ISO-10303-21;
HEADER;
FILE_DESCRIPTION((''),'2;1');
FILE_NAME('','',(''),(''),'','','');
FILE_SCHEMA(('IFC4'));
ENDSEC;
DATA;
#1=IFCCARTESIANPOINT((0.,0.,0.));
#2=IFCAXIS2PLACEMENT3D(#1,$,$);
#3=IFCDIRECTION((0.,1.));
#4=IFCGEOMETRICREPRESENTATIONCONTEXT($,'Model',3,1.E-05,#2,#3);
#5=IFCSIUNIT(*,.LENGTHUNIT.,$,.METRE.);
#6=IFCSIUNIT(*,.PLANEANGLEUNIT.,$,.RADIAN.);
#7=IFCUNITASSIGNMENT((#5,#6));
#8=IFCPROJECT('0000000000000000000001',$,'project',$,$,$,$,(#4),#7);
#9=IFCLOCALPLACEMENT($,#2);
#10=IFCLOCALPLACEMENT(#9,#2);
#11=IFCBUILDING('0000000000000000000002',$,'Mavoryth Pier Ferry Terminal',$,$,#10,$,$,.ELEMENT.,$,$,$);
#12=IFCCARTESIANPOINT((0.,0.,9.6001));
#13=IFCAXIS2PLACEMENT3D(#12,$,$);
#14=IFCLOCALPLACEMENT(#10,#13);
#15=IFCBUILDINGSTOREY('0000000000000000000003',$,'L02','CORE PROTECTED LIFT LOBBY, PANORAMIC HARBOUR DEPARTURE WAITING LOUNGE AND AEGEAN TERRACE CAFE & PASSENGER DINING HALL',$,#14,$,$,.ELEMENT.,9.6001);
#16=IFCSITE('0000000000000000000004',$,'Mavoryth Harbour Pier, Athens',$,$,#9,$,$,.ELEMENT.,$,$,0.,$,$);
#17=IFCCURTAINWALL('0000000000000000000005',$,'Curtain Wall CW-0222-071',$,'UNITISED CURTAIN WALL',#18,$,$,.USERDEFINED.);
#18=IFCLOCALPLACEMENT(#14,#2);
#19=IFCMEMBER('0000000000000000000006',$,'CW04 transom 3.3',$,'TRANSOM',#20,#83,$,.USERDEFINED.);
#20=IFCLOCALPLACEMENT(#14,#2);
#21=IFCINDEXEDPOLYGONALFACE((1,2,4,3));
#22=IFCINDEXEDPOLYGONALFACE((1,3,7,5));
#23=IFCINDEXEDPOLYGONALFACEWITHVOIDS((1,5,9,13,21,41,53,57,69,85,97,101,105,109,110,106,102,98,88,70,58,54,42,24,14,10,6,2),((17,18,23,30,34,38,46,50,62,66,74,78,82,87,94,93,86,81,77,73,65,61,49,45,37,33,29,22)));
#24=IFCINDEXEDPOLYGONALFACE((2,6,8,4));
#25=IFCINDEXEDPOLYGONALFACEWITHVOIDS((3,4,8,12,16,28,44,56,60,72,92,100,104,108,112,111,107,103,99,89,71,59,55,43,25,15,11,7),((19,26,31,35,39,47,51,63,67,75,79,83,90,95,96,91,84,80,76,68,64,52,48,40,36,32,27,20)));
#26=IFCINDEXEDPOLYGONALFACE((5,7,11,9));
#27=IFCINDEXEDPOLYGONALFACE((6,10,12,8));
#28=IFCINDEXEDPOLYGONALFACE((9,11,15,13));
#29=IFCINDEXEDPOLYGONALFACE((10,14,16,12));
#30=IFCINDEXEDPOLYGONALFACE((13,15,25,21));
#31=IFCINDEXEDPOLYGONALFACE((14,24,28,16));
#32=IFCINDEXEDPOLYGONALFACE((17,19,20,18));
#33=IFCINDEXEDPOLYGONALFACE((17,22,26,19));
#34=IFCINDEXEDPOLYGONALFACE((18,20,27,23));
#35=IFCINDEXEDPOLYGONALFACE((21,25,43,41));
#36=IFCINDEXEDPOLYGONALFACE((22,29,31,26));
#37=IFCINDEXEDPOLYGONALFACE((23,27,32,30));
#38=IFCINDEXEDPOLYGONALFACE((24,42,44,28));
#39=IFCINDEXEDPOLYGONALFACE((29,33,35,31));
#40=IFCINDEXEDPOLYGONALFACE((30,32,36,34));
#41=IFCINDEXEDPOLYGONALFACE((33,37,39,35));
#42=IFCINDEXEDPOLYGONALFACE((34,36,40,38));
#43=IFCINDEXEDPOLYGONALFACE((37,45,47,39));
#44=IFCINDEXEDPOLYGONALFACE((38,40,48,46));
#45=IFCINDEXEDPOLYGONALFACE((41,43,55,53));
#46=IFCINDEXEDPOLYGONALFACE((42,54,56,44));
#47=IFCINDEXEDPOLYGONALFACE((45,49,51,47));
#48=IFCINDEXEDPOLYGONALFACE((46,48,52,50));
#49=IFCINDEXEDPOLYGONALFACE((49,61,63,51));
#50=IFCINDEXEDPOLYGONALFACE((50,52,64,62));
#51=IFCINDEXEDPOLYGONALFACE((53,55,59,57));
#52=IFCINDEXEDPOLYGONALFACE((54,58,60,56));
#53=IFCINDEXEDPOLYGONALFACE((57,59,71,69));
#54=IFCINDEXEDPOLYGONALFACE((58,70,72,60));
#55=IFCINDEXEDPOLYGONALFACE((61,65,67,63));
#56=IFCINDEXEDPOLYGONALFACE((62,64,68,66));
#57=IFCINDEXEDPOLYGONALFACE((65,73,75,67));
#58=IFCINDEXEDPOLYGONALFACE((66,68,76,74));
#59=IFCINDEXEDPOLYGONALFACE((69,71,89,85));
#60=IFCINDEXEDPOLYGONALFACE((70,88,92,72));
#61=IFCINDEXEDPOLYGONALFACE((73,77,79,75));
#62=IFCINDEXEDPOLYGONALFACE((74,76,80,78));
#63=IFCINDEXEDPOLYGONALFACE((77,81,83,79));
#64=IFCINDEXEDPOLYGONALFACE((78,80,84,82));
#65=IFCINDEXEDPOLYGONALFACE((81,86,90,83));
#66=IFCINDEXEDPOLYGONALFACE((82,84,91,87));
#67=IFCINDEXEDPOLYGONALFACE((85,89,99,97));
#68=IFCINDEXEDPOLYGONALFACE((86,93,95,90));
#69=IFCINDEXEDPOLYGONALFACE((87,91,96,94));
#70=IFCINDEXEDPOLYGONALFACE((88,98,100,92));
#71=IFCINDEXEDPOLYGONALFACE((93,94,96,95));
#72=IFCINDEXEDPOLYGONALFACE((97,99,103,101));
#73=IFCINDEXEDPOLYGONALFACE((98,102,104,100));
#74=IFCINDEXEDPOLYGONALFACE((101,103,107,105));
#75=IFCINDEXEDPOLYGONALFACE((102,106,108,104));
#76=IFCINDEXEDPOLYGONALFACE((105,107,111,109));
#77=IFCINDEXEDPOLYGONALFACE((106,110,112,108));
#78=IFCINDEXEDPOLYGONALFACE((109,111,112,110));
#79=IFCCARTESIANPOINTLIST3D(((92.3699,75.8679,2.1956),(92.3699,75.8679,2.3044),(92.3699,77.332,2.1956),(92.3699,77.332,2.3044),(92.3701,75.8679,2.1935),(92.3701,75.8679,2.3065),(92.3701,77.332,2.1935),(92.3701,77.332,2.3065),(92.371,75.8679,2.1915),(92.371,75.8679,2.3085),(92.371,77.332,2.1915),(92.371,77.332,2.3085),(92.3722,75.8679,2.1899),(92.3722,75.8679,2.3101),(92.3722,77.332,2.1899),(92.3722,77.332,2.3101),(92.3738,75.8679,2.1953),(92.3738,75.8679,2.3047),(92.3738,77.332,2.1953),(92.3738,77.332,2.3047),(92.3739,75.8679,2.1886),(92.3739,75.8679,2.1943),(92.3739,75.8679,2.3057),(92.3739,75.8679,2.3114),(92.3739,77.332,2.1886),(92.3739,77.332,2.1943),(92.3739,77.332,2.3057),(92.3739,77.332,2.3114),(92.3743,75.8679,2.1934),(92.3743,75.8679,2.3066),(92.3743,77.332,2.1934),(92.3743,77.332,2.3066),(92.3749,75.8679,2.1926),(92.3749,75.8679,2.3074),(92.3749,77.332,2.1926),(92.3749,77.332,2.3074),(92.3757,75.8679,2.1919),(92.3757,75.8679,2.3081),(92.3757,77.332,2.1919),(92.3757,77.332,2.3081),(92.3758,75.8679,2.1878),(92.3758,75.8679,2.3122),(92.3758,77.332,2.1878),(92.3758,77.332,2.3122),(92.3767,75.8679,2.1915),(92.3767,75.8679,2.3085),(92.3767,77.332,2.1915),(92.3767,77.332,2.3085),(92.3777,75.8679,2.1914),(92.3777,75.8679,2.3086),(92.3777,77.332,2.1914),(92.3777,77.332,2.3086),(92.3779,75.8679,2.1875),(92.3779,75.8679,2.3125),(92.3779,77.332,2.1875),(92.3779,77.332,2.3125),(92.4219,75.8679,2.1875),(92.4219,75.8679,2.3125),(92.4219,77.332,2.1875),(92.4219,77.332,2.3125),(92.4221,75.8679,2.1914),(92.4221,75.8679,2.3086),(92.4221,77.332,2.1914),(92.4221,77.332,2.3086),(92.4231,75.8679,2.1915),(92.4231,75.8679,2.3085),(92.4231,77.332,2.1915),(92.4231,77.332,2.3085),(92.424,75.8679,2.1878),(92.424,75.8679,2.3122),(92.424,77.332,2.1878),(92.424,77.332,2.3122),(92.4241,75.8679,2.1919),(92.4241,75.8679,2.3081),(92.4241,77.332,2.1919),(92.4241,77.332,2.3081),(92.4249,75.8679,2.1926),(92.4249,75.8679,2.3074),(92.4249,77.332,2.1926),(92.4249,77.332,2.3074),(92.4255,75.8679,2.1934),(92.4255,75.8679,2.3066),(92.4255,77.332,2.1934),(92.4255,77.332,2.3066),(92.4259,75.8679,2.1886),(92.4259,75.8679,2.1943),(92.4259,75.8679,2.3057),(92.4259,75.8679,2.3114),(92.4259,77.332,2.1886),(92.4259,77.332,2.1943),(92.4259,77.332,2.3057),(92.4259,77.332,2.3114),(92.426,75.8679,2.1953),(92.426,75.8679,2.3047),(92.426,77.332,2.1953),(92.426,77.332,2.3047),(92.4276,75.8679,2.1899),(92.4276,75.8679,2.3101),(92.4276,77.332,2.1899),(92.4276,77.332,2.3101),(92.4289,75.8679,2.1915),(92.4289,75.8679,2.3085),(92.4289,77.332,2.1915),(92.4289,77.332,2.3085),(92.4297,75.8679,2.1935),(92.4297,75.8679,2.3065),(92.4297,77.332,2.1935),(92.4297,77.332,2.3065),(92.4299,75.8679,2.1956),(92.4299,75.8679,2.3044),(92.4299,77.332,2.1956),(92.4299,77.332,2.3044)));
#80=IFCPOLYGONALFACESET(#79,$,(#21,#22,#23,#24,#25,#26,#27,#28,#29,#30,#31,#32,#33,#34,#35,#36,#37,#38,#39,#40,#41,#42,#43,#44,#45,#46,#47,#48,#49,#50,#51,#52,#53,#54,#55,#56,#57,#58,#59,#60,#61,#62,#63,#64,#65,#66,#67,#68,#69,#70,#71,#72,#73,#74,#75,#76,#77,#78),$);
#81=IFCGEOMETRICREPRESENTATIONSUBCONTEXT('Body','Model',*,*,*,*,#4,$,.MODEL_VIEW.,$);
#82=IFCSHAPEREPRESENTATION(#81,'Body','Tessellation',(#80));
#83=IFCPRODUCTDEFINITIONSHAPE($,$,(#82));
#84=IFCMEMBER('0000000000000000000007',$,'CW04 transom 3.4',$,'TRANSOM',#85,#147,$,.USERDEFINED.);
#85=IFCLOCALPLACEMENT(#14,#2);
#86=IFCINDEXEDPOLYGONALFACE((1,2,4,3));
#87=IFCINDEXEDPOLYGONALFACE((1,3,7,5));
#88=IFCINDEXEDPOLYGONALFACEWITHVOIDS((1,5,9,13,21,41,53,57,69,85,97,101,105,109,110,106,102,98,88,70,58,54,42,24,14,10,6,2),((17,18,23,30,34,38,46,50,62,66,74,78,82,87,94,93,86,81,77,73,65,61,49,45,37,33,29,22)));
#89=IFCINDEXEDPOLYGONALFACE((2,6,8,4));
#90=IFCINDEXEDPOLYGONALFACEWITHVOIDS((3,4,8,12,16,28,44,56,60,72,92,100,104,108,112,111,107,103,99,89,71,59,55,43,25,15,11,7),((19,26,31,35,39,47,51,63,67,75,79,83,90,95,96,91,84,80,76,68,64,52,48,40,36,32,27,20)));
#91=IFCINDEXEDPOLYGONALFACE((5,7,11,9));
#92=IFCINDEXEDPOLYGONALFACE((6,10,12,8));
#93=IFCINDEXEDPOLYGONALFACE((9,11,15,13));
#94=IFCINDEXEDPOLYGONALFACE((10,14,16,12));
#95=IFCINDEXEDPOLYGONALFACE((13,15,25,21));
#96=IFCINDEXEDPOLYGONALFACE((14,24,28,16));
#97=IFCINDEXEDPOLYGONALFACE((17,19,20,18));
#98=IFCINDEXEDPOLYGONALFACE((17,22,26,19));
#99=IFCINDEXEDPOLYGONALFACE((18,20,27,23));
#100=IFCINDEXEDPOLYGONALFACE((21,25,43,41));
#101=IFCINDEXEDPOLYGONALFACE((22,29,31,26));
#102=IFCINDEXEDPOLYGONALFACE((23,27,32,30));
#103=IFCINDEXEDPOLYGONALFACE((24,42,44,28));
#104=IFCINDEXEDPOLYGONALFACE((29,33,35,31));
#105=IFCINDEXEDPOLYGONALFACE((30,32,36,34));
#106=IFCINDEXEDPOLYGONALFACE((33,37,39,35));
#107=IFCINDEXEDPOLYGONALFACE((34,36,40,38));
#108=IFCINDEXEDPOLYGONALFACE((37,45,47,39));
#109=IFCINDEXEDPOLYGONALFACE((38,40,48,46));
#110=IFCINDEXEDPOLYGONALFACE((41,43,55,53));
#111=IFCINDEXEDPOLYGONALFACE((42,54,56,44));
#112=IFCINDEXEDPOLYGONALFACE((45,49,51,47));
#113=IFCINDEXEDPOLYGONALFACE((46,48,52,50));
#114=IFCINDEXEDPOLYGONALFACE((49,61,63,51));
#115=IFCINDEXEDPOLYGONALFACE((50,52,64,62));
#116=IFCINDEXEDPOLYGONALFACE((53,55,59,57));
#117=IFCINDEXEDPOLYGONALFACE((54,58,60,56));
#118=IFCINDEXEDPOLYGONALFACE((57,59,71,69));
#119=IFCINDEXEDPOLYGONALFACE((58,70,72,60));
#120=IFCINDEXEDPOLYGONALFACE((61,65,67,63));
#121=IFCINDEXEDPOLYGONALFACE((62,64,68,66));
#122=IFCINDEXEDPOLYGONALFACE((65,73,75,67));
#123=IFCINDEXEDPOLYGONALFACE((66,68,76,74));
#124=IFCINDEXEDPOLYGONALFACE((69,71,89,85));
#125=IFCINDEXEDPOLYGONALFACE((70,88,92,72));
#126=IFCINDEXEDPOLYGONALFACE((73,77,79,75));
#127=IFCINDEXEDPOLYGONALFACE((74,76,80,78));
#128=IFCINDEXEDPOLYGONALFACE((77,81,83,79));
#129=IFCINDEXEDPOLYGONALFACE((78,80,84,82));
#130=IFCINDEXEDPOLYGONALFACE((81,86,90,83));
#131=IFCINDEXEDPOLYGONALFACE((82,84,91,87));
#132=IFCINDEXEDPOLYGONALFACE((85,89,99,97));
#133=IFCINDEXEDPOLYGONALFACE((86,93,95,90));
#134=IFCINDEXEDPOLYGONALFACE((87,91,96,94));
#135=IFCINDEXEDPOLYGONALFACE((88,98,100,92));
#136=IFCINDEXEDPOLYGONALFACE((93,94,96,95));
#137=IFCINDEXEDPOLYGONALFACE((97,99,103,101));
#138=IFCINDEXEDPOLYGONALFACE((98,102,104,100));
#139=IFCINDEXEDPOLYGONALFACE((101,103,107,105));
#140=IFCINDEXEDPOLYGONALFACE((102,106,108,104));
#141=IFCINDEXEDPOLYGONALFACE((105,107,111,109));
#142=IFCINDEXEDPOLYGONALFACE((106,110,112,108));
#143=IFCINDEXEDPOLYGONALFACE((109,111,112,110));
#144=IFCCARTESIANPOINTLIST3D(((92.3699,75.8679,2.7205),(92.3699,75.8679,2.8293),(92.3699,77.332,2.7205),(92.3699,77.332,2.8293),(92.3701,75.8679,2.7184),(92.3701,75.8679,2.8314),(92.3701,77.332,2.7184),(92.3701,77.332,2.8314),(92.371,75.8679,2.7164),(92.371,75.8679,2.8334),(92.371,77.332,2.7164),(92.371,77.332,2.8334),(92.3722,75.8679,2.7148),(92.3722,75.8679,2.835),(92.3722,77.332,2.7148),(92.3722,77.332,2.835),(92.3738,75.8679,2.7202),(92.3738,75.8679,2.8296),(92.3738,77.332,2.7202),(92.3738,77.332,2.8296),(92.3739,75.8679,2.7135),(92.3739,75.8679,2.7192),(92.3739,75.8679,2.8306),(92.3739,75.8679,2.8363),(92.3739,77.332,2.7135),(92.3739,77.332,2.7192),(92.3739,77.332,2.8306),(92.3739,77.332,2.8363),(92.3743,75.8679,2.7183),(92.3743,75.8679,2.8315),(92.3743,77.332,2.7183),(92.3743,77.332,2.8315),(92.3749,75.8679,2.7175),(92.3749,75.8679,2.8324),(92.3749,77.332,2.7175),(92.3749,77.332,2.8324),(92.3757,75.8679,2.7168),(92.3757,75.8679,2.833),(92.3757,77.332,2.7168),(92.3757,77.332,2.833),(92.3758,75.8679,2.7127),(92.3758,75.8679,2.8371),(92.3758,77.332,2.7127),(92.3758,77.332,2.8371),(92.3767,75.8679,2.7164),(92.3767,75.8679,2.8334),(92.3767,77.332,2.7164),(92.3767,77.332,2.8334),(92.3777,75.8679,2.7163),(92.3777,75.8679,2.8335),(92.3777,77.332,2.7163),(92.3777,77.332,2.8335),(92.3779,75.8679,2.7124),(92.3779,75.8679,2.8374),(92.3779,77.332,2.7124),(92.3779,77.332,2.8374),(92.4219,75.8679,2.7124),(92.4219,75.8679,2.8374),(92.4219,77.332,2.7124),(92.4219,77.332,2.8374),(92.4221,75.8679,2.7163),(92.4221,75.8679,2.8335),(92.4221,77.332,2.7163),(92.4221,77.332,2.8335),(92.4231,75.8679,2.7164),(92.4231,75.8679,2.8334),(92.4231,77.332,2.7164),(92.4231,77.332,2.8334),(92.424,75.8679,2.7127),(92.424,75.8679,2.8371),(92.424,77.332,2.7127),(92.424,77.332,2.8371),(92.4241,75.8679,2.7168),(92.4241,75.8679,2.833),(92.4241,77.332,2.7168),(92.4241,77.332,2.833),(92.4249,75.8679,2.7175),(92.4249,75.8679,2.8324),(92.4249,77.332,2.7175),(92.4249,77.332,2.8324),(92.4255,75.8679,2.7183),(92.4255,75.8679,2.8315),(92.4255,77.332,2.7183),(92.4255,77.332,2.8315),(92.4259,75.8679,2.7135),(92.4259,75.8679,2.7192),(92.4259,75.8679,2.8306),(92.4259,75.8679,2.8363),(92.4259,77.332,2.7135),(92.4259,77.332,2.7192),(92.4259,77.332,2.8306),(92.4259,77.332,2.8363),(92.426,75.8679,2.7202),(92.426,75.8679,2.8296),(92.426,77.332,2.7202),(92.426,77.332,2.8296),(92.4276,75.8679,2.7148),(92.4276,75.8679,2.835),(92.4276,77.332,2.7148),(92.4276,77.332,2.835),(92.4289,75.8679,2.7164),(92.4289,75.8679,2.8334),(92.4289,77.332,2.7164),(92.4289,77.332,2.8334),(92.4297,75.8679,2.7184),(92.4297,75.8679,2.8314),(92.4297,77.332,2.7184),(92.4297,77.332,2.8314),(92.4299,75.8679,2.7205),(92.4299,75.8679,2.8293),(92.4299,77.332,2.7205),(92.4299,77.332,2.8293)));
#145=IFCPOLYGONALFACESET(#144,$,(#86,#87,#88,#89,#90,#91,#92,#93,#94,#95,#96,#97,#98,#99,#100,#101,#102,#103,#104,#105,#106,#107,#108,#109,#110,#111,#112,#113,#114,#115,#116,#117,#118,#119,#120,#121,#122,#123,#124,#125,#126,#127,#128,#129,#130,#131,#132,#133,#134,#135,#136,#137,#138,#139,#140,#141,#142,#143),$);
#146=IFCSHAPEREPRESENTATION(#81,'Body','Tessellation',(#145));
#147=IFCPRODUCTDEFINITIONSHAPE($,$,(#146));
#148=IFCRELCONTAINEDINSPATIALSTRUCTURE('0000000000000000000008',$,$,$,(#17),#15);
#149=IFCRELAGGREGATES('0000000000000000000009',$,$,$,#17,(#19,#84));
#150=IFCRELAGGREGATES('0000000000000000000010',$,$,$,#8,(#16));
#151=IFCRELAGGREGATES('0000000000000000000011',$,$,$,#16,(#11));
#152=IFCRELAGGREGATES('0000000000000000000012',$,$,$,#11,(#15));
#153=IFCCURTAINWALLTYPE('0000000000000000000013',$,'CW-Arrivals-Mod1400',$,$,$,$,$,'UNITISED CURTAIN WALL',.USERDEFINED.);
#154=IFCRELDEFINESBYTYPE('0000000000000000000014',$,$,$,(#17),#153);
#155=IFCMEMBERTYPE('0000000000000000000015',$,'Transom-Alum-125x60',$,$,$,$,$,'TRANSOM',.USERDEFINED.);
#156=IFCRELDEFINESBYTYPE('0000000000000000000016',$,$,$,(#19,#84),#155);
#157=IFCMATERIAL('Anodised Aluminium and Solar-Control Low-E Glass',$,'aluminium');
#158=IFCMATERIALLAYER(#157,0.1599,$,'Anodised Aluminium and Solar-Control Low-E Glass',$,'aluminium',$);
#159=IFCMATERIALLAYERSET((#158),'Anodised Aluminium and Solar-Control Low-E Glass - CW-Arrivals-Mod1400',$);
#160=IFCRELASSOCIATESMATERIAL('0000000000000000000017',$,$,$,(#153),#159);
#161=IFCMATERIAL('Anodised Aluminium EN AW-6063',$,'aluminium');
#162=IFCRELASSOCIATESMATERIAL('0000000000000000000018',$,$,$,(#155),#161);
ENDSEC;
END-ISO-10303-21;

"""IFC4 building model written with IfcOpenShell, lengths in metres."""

from ifc_helpers import new_model, si_unit, direction, frame, origin, origin_2d, place, context, subcontext, project, spatial, hollow_rectangle, extrude, material, layer, layer_set, material_profile, profile_set, type_object, element, aggregate, save


model = new_model("IFC4")

# Units and contexts
model_context = context("Model", 3, precision=1e-05, world=origin(), true_north=direction((0.0, 1.0)))
body_context = subcontext(model_context, "Body", "Model", "MODEL_VIEW")
ifc_project = project(units=[si_unit("LENGTHUNIT", "METRE"), si_unit("PLANEANGLEUNIT", "RADIAN")], contexts=[model_context])

# Site, building, storey
site_placement = place(None, origin())
site = spatial("IfcSite", under=ifc_project, at=site_placement, Name="Mavoryth Harbour Pier, Athens", CompositionType="ELEMENT", RefElevation=0.0)
building_placement = place(site_placement, origin())
building = spatial("IfcBuilding", under=site, at=building_placement, Name="Mavoryth Pier Ferry Terminal", CompositionType="ELEMENT")
storey_placement = place(building_placement, frame((0.0, 0.0, 9.6001)))
storey = spatial("IfcBuildingStorey", under=building, at=storey_placement, Name="L02", Description="CORE PROTECTED LIFT LOBBY, PANORAMIC HARBOUR DEPARTURE WAITING LOUNGE AND AEGEAN TERRACE CAFE & PASSENGER DINING HALL", CompositionType="ELEMENT", Elevation=9.6001)

# Curtain wall
ifc_material_1 = material(Name="Anodised Aluminium and Solar-Control Low-E Glass", Category="aluminium")
ifc_layer_1 = layer(ifc_material_1, 0.1599, Name="Anodised Aluminium and Solar-Control Low-E Glass", Category="aluminium")
ifc_layer_set_1 = layer_set([ifc_layer_1], Name="Anodised Aluminium and Solar-Control Low-E Glass - CW-Arrivals-Mod1400")
curtain_wall_type = type_object("IfcCurtainWallType", Name="CW-Arrivals-Mod1400", ElementType="UNITISED CURTAIN WALL", PredefinedType="USERDEFINED", material=ifc_layer_set_1)
curtain_wall_1_placement = place(storey_placement, origin())
curtain_wall_1 = element("IfcCurtainWall", 1, at=curtain_wall_1_placement, inside=storey, type_object=curtain_wall_type, Name="Curtain Wall CW-0222-071", ObjectType="UNITISED CURTAIN WALL", PredefinedType="USERDEFINED")
ifc_material_2 = material(Name="Anodised Aluminium EN AW-6063", Category="aluminium")

# Members
ifc_material_profile_1 = material_profile(ifc_material_2, hollow_rectangle(XDim=0.0601, YDim=0.125, WallThickness=0.0039, InnerFilletRadius=0.0039, OuterFilletRadius=0.0081, at=origin_2d()), Name="AL-TRAN 125x60x4", Category="aluminium")
ifc_profile_set_1 = profile_set([ifc_material_profile_1], Name="Anodised Aluminium EN AW-6063 - AL-TRAN 125x60x4")
member_type_1 = type_object("IfcMemberType", Name="Transom-Alum-125x60", ElementType="TRANSOM", PredefinedType="USERDEFINED", material=ifc_profile_set_1)
member_1_placement = place(storey_placement, frame((92.3999, 75.8679, 2.25), z_axis=(0.0, 1.0, 0.0), x_axis=(-1.0, 0.0, 0.0)))
member_1 = element("IfcMember", 2, at=member_1_placement, type_object=member_type_1, Name="CW04 transom 3.3", ObjectType="TRANSOM", PredefinedType="USERDEFINED", context=body_context, shape_type="SweptSolid", body=[
    extrude(hollow_rectangle(XDim=0.0601, YDim=0.125, WallThickness=0.0039, InnerFilletRadius=0.0039, OuterFilletRadius=0.0081, at=origin_2d()), origin(), (0.0, 0.0, 1.0), 1.4641),
])
member_2_placement = place(storey_placement, frame((92.3999, 75.8679, 2.7749), z_axis=(0.0, 1.0, 0.0), x_axis=(-1.0, 0.0, 0.0)))
member_2 = element("IfcMember", 3, at=member_2_placement, type_object=member_type_1, Name="CW04 transom 3.4", ObjectType="TRANSOM", PredefinedType="USERDEFINED", context=body_context, shape_type="SweptSolid", body=[
    extrude(hollow_rectangle(XDim=0.0601, YDim=0.125, WallThickness=0.0039, InnerFilletRadius=0.0039, OuterFilletRadius=0.0081, at=origin_2d()), origin(), (0.0, 0.0, 1.0), 1.4641),
])

aggregate(curtain_wall_1, [member_1, member_2])

save(model, "model.ifc")
